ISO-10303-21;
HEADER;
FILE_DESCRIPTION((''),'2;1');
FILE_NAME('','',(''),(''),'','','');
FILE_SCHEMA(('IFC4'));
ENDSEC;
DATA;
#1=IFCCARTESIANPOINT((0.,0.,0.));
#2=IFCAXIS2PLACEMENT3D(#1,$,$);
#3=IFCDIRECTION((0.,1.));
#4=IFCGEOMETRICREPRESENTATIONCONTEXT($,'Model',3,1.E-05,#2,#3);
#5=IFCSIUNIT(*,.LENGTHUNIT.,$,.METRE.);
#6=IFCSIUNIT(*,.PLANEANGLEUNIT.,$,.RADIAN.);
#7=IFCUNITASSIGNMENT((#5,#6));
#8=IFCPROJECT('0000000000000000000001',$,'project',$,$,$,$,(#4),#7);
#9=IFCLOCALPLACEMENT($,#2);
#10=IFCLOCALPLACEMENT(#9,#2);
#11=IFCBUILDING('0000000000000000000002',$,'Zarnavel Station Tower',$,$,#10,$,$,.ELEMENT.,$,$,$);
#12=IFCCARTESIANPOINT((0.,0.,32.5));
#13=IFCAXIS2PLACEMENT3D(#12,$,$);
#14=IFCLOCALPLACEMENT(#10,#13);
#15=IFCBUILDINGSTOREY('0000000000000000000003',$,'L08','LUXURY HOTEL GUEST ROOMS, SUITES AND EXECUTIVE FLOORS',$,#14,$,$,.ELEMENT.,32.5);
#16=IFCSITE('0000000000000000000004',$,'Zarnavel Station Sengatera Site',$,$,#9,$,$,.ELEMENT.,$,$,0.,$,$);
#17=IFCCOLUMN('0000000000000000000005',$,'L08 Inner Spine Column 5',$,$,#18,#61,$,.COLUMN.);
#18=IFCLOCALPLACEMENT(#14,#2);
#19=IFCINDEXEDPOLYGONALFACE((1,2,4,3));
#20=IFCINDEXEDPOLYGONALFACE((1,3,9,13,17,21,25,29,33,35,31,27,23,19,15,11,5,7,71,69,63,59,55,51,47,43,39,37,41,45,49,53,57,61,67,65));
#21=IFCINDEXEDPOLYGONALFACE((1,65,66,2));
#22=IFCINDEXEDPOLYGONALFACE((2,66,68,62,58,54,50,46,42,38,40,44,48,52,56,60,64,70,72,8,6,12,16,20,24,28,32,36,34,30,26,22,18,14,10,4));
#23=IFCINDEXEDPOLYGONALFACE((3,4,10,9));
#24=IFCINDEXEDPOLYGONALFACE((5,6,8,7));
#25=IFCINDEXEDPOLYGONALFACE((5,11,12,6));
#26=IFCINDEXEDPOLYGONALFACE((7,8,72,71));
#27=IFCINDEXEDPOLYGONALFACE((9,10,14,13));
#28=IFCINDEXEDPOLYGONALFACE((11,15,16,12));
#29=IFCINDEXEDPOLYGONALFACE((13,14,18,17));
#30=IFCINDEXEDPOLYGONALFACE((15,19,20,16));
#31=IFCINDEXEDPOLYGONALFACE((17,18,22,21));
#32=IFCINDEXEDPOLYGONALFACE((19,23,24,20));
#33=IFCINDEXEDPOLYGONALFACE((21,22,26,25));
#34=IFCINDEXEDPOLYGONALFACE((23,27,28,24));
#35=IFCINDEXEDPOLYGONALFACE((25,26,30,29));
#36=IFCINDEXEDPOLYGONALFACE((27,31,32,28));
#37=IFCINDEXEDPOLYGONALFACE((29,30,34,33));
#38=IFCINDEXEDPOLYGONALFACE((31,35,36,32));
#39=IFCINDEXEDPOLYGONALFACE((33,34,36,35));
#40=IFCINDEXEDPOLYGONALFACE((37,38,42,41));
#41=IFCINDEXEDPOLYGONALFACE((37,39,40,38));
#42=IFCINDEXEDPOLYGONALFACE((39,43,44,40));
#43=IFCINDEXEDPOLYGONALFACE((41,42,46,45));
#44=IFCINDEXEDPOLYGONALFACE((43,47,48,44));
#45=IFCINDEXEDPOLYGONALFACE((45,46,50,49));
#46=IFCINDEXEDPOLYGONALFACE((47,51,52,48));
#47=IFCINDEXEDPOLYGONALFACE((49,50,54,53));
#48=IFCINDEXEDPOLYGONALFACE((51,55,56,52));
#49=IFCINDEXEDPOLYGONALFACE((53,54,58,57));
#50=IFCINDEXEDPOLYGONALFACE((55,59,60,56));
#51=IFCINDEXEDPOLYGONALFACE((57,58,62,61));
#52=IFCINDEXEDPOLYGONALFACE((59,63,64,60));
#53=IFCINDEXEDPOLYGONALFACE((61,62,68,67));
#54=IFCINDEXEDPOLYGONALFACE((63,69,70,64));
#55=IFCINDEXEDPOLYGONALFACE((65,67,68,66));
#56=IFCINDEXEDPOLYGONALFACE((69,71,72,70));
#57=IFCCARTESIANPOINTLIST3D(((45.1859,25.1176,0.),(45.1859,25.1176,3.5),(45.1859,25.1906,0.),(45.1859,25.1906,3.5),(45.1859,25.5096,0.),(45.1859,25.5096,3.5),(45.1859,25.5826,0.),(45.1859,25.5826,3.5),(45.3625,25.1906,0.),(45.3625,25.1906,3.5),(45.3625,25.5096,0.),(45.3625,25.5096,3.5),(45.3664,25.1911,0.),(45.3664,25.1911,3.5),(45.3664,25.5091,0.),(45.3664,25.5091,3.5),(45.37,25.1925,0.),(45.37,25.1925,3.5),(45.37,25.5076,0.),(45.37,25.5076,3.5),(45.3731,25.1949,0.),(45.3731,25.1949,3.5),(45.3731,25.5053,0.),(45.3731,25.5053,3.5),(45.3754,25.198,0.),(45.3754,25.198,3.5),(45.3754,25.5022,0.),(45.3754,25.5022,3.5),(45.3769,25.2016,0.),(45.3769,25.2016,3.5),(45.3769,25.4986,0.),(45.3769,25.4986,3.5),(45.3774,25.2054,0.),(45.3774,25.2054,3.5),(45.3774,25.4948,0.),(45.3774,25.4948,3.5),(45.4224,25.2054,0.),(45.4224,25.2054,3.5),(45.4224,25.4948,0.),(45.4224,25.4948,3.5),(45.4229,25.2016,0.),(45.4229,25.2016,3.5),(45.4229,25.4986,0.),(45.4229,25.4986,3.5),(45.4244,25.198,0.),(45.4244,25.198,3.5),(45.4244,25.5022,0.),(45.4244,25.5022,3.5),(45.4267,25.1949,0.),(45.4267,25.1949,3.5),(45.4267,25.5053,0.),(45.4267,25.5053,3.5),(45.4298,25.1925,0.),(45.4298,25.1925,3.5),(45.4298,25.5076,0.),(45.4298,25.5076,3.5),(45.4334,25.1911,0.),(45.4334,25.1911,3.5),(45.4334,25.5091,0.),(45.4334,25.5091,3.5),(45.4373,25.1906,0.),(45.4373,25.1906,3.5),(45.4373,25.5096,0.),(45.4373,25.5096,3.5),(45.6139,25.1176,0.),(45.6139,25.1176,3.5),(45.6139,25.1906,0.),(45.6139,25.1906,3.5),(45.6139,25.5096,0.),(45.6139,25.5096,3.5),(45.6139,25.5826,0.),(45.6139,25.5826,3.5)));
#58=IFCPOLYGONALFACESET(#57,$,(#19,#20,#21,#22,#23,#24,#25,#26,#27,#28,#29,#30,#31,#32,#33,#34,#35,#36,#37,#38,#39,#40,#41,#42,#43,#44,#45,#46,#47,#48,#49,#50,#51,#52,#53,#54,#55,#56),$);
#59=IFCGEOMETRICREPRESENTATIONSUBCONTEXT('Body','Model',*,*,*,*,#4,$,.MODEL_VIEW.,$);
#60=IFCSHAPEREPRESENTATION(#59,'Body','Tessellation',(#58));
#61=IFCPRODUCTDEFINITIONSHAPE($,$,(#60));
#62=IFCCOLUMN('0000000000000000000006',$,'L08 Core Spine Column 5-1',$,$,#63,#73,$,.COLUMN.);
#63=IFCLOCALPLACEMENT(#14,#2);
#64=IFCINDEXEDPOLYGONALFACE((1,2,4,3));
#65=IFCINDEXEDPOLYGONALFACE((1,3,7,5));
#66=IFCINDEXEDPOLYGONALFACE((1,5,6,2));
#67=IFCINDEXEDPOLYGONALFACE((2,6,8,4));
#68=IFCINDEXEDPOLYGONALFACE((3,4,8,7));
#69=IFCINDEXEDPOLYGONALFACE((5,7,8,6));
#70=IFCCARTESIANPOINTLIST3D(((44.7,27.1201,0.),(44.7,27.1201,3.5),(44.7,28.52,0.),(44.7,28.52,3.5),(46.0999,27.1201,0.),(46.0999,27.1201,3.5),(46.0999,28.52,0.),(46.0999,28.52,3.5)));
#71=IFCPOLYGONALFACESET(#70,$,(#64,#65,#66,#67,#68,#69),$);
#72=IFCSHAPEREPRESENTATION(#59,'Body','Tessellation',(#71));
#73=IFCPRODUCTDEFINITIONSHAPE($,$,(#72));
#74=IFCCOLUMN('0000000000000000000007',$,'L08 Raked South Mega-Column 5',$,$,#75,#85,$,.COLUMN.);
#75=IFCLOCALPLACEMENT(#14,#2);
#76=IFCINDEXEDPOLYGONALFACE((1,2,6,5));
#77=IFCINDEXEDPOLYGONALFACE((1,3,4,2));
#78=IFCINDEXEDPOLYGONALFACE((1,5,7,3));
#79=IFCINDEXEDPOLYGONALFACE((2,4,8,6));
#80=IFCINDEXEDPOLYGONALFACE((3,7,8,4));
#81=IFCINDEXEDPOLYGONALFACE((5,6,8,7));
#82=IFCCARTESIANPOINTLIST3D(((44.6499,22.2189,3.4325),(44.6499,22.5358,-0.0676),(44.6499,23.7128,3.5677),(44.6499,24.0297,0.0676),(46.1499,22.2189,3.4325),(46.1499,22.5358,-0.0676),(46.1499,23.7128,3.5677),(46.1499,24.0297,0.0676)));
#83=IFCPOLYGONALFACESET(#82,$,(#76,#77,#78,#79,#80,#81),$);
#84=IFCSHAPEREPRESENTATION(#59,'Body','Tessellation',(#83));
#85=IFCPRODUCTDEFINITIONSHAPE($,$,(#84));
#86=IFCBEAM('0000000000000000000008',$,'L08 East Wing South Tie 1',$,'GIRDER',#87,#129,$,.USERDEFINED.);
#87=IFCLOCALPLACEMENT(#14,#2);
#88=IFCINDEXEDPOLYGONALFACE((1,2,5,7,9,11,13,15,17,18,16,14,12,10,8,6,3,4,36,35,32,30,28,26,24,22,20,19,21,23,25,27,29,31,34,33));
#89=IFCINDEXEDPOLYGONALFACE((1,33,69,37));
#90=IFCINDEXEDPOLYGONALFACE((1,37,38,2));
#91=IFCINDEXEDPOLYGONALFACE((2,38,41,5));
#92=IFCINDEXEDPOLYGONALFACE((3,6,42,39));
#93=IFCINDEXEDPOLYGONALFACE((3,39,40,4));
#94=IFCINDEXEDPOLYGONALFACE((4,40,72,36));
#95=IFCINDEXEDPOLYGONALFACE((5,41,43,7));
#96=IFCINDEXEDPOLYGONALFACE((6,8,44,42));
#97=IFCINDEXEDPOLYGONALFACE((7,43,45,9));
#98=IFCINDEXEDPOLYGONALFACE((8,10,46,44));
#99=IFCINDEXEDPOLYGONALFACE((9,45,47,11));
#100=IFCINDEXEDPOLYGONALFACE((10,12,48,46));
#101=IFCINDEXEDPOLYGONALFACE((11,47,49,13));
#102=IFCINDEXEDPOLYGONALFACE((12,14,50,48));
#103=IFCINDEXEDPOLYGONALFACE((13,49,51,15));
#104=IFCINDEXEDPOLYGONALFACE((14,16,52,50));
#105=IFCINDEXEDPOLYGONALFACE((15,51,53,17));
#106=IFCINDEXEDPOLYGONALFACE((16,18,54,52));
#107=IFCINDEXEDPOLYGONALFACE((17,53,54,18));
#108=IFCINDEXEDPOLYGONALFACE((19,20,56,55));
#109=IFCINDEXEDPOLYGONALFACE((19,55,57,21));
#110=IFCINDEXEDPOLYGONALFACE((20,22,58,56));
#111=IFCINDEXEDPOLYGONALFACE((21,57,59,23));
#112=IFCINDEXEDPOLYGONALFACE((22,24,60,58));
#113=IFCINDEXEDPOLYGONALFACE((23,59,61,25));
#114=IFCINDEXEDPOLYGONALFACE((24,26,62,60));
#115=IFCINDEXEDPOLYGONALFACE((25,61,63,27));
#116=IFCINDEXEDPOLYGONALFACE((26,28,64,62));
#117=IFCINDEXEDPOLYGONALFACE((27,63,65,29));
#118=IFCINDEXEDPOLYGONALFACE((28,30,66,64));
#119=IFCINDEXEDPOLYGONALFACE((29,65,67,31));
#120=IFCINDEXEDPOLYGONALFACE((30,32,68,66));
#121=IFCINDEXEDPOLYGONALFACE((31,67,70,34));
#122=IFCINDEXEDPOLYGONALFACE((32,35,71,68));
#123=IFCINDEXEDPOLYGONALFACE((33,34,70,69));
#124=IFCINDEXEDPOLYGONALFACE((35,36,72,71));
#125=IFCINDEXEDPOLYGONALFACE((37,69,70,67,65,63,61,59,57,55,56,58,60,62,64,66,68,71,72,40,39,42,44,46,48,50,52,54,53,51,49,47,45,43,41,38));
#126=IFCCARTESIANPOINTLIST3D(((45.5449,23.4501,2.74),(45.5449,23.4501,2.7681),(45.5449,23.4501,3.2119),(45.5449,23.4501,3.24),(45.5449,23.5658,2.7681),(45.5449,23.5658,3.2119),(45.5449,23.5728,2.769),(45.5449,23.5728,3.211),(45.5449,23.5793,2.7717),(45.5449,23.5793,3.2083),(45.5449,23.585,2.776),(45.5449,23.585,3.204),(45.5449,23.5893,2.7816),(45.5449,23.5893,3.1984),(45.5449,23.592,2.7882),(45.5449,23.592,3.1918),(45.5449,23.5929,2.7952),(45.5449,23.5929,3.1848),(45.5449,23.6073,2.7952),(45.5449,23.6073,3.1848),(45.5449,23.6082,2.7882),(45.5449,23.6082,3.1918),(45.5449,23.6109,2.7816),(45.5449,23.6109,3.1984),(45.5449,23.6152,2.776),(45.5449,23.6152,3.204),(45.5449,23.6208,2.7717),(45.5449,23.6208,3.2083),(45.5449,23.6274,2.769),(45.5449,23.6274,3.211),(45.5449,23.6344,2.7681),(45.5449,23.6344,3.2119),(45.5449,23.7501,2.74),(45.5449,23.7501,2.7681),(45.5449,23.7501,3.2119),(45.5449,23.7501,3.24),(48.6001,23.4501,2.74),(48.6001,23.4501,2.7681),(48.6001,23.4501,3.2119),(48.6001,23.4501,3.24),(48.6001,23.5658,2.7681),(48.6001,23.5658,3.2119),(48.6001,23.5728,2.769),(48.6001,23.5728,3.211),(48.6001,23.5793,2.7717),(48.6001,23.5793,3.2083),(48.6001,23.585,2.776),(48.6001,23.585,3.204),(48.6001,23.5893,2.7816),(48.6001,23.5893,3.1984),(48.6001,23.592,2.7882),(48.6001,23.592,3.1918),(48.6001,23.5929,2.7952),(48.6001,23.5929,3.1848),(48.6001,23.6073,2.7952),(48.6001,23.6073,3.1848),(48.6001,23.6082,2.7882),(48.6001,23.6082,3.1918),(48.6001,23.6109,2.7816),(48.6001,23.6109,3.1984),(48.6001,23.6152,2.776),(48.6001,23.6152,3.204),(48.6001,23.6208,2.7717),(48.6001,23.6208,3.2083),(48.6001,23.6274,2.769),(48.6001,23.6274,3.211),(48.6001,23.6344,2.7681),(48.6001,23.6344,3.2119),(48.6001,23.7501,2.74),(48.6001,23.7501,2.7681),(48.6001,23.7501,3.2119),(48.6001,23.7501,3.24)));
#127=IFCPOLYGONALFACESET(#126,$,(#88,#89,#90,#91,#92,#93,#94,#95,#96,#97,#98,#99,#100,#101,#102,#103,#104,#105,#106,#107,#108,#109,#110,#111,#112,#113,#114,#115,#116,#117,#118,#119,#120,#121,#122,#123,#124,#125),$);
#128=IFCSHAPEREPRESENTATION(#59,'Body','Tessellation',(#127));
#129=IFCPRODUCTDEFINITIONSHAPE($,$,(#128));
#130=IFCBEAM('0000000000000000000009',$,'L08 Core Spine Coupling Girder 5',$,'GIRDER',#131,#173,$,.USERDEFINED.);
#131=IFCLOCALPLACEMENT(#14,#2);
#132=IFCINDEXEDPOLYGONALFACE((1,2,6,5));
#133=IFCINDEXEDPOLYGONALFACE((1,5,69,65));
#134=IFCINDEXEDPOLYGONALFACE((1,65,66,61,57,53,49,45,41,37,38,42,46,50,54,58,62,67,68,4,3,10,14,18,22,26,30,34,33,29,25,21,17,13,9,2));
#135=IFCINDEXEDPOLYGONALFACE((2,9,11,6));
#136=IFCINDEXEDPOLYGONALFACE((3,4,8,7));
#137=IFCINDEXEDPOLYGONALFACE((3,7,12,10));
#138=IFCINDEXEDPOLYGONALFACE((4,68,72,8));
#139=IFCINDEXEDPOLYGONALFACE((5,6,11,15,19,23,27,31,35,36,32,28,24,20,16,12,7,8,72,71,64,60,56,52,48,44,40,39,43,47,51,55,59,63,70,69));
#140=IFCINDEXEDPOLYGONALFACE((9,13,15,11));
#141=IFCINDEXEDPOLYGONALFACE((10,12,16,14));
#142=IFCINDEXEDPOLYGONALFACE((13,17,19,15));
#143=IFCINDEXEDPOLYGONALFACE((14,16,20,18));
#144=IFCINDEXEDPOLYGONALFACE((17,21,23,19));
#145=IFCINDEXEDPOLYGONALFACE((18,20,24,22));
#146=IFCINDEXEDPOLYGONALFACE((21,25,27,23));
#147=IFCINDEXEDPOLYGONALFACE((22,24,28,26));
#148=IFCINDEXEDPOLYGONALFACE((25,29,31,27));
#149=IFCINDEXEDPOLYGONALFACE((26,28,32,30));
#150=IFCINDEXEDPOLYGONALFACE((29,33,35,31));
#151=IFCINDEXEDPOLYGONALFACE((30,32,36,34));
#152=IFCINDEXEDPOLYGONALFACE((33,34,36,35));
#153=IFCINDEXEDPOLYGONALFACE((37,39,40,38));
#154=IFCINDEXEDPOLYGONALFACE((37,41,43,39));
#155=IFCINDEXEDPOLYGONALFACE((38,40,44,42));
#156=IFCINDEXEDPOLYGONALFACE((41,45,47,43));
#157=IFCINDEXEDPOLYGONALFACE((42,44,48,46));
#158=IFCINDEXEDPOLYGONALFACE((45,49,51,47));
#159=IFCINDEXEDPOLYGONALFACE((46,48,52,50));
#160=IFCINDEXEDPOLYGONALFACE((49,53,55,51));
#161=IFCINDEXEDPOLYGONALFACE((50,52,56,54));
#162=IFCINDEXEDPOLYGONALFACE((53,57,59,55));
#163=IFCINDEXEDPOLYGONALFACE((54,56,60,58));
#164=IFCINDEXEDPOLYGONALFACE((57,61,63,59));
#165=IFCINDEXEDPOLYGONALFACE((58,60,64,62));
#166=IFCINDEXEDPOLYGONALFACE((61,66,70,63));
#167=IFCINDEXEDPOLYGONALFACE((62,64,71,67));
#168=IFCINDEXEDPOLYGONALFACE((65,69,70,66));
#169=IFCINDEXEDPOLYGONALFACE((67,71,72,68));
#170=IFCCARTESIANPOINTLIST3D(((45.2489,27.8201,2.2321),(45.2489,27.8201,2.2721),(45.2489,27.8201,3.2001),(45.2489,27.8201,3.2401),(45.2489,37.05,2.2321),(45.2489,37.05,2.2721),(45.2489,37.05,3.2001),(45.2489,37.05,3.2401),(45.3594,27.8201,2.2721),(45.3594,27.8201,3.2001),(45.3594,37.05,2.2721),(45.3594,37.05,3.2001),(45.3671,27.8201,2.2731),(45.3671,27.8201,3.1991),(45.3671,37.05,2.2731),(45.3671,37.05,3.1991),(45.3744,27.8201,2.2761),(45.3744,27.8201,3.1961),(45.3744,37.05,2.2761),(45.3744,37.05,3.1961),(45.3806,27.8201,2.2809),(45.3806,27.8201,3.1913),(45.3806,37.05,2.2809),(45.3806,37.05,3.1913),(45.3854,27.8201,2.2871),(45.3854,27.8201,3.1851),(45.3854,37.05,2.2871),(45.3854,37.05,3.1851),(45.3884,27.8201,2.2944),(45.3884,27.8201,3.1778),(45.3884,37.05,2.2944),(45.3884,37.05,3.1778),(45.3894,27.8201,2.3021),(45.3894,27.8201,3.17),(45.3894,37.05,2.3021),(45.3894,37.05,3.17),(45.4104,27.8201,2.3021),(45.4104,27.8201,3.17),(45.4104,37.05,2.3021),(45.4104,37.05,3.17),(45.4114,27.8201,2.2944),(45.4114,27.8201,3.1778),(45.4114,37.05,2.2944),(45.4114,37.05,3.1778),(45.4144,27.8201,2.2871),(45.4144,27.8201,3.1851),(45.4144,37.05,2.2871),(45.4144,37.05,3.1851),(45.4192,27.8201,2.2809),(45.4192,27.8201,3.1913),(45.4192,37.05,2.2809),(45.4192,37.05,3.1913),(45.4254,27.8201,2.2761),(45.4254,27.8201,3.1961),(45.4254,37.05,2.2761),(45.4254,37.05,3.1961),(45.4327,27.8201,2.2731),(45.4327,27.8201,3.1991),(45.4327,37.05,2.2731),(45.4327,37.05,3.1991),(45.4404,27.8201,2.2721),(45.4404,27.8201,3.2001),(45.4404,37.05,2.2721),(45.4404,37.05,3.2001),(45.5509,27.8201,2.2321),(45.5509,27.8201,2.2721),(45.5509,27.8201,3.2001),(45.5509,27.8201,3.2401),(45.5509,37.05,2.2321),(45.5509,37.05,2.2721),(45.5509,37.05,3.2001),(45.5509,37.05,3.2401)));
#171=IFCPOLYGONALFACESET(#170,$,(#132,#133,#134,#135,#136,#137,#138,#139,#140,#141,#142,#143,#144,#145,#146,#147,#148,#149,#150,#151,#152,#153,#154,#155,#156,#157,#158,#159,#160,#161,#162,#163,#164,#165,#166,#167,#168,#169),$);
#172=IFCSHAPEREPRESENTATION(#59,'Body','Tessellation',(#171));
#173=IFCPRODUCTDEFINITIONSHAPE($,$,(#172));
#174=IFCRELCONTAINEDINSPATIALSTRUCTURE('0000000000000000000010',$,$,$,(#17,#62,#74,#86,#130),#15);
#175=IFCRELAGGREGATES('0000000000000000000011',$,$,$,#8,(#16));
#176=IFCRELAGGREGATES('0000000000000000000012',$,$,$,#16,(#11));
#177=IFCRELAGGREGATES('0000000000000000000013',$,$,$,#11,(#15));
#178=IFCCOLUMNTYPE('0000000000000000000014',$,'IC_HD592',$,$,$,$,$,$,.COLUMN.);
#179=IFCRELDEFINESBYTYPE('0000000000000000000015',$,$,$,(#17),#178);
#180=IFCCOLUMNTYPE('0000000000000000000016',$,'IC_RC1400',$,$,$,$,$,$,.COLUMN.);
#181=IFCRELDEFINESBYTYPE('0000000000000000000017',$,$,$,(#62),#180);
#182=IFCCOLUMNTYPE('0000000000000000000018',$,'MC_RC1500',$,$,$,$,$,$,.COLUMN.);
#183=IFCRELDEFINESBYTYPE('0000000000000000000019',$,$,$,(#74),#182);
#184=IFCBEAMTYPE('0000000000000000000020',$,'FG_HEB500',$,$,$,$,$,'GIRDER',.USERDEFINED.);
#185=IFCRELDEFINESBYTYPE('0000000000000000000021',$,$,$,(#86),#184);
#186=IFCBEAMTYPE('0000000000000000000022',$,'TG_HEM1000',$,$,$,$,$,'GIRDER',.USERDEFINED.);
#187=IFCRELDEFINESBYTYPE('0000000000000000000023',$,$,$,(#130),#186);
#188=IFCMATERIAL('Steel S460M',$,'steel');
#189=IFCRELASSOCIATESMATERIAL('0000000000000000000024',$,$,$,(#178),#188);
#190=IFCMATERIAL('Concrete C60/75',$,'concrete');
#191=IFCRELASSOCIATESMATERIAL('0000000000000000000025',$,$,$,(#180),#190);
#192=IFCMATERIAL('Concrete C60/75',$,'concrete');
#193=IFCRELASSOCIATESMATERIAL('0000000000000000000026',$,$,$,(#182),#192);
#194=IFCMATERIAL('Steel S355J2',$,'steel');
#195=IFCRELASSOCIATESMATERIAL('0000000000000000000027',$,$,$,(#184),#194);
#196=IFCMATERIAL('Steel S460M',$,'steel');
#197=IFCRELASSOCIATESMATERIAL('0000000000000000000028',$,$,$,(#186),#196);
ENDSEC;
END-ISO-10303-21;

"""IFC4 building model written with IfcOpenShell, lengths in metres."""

from ifc_helpers import new_model, si_unit, direction, frame, origin, origin_2d, place, context, subcontext, project, spatial, rectangle, i_section, extrude, material, material_profile, profile_set, type_object, element, save


model = new_model("IFC4")

# Units and contexts
model_context = context("Model", 3, precision=1e-05, world=origin(), true_north=direction((0.0, 1.0)))
body_context = subcontext(model_context, "Body", "Model", "MODEL_VIEW")
ifc_project = project(units=[si_unit("LENGTHUNIT", "METRE"), si_unit("PLANEANGLEUNIT", "RADIAN")], contexts=[model_context])

# Site, building, storey
site_placement = place(None, origin())
site = spatial("IfcSite", under=ifc_project, at=site_placement, Name="Zarnavel Station Sengatera Site", CompositionType="ELEMENT", RefElevation=0.0)
building_placement = place(site_placement, origin())
building = spatial("IfcBuilding", under=site, at=building_placement, Name="Zarnavel Station Tower", CompositionType="ELEMENT")
storey_placement = place(building_placement, frame((0.0, 0.0, 32.5)))
storey = spatial("IfcBuildingStorey", under=building, at=storey_placement, Name="L08", Description="LUXURY HOTEL GUEST ROOMS, SUITES AND EXECUTIVE FLOORS", CompositionType="ELEMENT", Elevation=32.5)

# Columns
ifc_material_1 = material(Name="Steel S460M", Category="steel")
ifc_material_profile_1 = material_profile(ifc_material_1, i_section(OverallWidth=0.428, OverallDepth=0.4651, WebThickness=0.0449, FlangeThickness=0.073, FilletRadius=0.0149, at=origin_2d()), Name="HD400x592")
ifc_profile_set_1 = profile_set([ifc_material_profile_1], Name="Steel S460M")
column_type_1 = type_object("IfcColumnType", Name="IC_HD592", PredefinedType="COLUMN", material=ifc_profile_set_1)
column_1_placement = place(storey_placement, frame((45.3999, 25.3501, 0.0), z_axis=(0.0, 0.0, 1.0), x_axis=(1.0, 0.0, 0.0)))
element("IfcColumn", 1, at=column_1_placement, inside=storey, type_object=column_type_1, Name="L08 Inner Spine Column 5", PredefinedType="COLUMN", context=body_context, shape_type="SweptSolid", body=[
    extrude(i_section(OverallWidth=0.428, OverallDepth=0.4651, WebThickness=0.0449, FlangeThickness=0.073, FilletRadius=0.0149, at=origin_2d()), origin(), (0.0, 0.0, 1.0), 3.5),
])
ifc_material_2 = material(Name="Concrete C60/75", Category="concrete")
ifc_material_profile_2 = material_profile(ifc_material_2, rectangle(XDim=1.3999, YDim=1.3999, at=origin_2d()), Name="RC1400x1400")
ifc_profile_set_2 = profile_set([ifc_material_profile_2], Name="Concrete C60/75")
column_type_2 = type_object("IfcColumnType", Name="IC_RC1400", PredefinedType="COLUMN", material=ifc_profile_set_2)
column_2_placement = place(storey_placement, frame((45.3999, 27.8201, 0.0), z_axis=(0.0, 0.0, 1.0), x_axis=(1.0, 0.0, 0.0)))
element("IfcColumn", 2, at=column_2_placement, inside=storey, type_object=column_type_2, Name="L08 Core Spine Column 5-1", PredefinedType="COLUMN", context=body_context, shape_type="SweptSolid", body=[
    extrude(rectangle(XDim=1.3999, YDim=1.3999, at=origin_2d()), origin(), (0.0, 0.0, 1.0), 3.5),
])
ifc_material_3 = material(Name="Concrete C60/75", Category="concrete")
ifc_material_profile_3 = material_profile(ifc_material_3, rectangle(XDim=1.5, YDim=1.5, at=origin_2d()), Name="RC1500x1500")
ifc_profile_set_3 = profile_set([ifc_material_profile_3], Name="Concrete C60/75")
column_type_3 = type_object("IfcColumnType", Name="MC_RC1500", PredefinedType="COLUMN", material=ifc_profile_set_3)
column_3_placement = place(storey_placement, frame((45.3999, 23.2827, 0.0), z_axis=(0.0, -0.090172, 0.995926), x_axis=(1.0, 0.0, 0.0)))
element("IfcColumn", 3, at=column_3_placement, inside=storey, type_object=column_type_3, Name="L08 Raked South Mega-Column 5", PredefinedType="COLUMN", context=body_context, shape_type="SweptSolid", body=[
    extrude(rectangle(XDim=1.5, YDim=1.5, at=origin_2d()), origin(), (0.0, 0.0, 1.0), 3.5144),
])

# Beams
ifc_material_4 = material(Name="Steel S355J2", Category="steel")
ifc_material_profile_4 = material_profile(ifc_material_4, i_section(OverallWidth=0.3, OverallDepth=0.5, WebThickness=0.0144, FlangeThickness=0.0281, FilletRadius=0.0271, at=origin_2d()), Name="HEB500")
ifc_profile_set_4 = profile_set([ifc_material_profile_4], Name="Steel S355J2")
beam_type_1 = type_object("IfcBeamType", Name="FG_HEB500", ElementType="GIRDER", PredefinedType="USERDEFINED", material=ifc_profile_set_4)
beam_1_placement = place(storey_placement, frame((45.5449, 23.6001, 2.99), z_axis=(1.0, 0.0, 0.0), x_axis=(0.0, 1.0, 0.0)))
element("IfcBeam", 4, at=beam_1_placement, inside=storey, type_object=beam_type_1, Name="L08 East Wing South Tie 1", ObjectType="GIRDER", PredefinedType="USERDEFINED", context=body_context, shape_type="SweptSolid", body=[
    extrude(i_section(OverallWidth=0.3, OverallDepth=0.5, WebThickness=0.0144, FlangeThickness=0.0281, FilletRadius=0.0271, at=origin_2d()), origin(), (0.0, 0.0, 1.0), 3.0552),
])
ifc_material_5 = material(Name="Steel S460M", Category="steel")
ifc_material_profile_5 = material_profile(ifc_material_5, i_section(OverallWidth=0.302, OverallDepth=1.0081, WebThickness=0.021, FlangeThickness=0.04, FilletRadius=0.03, at=origin_2d()), Name="HEM1000")
ifc_profile_set_5 = profile_set([ifc_material_profile_5], Name="Steel S460M")
beam_type_2 = type_object("IfcBeamType", Name="TG_HEM1000", ElementType="GIRDER", PredefinedType="USERDEFINED", material=ifc_profile_set_5)
beam_2_placement = place(storey_placement, frame((45.3999, 27.8201, 2.7361), z_axis=(0.0, 1.0, 0.0), x_axis=(-1.0, 0.0, 0.0)))
element("IfcBeam", 5, at=beam_2_placement, inside=storey, type_object=beam_type_2, Name="L08 Core Spine Coupling Girder 5", ObjectType="GIRDER", PredefinedType="USERDEFINED", context=body_context, shape_type="SweptSolid", body=[
    extrude(i_section(OverallWidth=0.302, OverallDepth=1.0081, WebThickness=0.021, FlangeThickness=0.04, FilletRadius=0.03, at=origin_2d()), origin(), (0.0, 0.0, 1.0), 9.23),
])

save(model, "model.ifc")
